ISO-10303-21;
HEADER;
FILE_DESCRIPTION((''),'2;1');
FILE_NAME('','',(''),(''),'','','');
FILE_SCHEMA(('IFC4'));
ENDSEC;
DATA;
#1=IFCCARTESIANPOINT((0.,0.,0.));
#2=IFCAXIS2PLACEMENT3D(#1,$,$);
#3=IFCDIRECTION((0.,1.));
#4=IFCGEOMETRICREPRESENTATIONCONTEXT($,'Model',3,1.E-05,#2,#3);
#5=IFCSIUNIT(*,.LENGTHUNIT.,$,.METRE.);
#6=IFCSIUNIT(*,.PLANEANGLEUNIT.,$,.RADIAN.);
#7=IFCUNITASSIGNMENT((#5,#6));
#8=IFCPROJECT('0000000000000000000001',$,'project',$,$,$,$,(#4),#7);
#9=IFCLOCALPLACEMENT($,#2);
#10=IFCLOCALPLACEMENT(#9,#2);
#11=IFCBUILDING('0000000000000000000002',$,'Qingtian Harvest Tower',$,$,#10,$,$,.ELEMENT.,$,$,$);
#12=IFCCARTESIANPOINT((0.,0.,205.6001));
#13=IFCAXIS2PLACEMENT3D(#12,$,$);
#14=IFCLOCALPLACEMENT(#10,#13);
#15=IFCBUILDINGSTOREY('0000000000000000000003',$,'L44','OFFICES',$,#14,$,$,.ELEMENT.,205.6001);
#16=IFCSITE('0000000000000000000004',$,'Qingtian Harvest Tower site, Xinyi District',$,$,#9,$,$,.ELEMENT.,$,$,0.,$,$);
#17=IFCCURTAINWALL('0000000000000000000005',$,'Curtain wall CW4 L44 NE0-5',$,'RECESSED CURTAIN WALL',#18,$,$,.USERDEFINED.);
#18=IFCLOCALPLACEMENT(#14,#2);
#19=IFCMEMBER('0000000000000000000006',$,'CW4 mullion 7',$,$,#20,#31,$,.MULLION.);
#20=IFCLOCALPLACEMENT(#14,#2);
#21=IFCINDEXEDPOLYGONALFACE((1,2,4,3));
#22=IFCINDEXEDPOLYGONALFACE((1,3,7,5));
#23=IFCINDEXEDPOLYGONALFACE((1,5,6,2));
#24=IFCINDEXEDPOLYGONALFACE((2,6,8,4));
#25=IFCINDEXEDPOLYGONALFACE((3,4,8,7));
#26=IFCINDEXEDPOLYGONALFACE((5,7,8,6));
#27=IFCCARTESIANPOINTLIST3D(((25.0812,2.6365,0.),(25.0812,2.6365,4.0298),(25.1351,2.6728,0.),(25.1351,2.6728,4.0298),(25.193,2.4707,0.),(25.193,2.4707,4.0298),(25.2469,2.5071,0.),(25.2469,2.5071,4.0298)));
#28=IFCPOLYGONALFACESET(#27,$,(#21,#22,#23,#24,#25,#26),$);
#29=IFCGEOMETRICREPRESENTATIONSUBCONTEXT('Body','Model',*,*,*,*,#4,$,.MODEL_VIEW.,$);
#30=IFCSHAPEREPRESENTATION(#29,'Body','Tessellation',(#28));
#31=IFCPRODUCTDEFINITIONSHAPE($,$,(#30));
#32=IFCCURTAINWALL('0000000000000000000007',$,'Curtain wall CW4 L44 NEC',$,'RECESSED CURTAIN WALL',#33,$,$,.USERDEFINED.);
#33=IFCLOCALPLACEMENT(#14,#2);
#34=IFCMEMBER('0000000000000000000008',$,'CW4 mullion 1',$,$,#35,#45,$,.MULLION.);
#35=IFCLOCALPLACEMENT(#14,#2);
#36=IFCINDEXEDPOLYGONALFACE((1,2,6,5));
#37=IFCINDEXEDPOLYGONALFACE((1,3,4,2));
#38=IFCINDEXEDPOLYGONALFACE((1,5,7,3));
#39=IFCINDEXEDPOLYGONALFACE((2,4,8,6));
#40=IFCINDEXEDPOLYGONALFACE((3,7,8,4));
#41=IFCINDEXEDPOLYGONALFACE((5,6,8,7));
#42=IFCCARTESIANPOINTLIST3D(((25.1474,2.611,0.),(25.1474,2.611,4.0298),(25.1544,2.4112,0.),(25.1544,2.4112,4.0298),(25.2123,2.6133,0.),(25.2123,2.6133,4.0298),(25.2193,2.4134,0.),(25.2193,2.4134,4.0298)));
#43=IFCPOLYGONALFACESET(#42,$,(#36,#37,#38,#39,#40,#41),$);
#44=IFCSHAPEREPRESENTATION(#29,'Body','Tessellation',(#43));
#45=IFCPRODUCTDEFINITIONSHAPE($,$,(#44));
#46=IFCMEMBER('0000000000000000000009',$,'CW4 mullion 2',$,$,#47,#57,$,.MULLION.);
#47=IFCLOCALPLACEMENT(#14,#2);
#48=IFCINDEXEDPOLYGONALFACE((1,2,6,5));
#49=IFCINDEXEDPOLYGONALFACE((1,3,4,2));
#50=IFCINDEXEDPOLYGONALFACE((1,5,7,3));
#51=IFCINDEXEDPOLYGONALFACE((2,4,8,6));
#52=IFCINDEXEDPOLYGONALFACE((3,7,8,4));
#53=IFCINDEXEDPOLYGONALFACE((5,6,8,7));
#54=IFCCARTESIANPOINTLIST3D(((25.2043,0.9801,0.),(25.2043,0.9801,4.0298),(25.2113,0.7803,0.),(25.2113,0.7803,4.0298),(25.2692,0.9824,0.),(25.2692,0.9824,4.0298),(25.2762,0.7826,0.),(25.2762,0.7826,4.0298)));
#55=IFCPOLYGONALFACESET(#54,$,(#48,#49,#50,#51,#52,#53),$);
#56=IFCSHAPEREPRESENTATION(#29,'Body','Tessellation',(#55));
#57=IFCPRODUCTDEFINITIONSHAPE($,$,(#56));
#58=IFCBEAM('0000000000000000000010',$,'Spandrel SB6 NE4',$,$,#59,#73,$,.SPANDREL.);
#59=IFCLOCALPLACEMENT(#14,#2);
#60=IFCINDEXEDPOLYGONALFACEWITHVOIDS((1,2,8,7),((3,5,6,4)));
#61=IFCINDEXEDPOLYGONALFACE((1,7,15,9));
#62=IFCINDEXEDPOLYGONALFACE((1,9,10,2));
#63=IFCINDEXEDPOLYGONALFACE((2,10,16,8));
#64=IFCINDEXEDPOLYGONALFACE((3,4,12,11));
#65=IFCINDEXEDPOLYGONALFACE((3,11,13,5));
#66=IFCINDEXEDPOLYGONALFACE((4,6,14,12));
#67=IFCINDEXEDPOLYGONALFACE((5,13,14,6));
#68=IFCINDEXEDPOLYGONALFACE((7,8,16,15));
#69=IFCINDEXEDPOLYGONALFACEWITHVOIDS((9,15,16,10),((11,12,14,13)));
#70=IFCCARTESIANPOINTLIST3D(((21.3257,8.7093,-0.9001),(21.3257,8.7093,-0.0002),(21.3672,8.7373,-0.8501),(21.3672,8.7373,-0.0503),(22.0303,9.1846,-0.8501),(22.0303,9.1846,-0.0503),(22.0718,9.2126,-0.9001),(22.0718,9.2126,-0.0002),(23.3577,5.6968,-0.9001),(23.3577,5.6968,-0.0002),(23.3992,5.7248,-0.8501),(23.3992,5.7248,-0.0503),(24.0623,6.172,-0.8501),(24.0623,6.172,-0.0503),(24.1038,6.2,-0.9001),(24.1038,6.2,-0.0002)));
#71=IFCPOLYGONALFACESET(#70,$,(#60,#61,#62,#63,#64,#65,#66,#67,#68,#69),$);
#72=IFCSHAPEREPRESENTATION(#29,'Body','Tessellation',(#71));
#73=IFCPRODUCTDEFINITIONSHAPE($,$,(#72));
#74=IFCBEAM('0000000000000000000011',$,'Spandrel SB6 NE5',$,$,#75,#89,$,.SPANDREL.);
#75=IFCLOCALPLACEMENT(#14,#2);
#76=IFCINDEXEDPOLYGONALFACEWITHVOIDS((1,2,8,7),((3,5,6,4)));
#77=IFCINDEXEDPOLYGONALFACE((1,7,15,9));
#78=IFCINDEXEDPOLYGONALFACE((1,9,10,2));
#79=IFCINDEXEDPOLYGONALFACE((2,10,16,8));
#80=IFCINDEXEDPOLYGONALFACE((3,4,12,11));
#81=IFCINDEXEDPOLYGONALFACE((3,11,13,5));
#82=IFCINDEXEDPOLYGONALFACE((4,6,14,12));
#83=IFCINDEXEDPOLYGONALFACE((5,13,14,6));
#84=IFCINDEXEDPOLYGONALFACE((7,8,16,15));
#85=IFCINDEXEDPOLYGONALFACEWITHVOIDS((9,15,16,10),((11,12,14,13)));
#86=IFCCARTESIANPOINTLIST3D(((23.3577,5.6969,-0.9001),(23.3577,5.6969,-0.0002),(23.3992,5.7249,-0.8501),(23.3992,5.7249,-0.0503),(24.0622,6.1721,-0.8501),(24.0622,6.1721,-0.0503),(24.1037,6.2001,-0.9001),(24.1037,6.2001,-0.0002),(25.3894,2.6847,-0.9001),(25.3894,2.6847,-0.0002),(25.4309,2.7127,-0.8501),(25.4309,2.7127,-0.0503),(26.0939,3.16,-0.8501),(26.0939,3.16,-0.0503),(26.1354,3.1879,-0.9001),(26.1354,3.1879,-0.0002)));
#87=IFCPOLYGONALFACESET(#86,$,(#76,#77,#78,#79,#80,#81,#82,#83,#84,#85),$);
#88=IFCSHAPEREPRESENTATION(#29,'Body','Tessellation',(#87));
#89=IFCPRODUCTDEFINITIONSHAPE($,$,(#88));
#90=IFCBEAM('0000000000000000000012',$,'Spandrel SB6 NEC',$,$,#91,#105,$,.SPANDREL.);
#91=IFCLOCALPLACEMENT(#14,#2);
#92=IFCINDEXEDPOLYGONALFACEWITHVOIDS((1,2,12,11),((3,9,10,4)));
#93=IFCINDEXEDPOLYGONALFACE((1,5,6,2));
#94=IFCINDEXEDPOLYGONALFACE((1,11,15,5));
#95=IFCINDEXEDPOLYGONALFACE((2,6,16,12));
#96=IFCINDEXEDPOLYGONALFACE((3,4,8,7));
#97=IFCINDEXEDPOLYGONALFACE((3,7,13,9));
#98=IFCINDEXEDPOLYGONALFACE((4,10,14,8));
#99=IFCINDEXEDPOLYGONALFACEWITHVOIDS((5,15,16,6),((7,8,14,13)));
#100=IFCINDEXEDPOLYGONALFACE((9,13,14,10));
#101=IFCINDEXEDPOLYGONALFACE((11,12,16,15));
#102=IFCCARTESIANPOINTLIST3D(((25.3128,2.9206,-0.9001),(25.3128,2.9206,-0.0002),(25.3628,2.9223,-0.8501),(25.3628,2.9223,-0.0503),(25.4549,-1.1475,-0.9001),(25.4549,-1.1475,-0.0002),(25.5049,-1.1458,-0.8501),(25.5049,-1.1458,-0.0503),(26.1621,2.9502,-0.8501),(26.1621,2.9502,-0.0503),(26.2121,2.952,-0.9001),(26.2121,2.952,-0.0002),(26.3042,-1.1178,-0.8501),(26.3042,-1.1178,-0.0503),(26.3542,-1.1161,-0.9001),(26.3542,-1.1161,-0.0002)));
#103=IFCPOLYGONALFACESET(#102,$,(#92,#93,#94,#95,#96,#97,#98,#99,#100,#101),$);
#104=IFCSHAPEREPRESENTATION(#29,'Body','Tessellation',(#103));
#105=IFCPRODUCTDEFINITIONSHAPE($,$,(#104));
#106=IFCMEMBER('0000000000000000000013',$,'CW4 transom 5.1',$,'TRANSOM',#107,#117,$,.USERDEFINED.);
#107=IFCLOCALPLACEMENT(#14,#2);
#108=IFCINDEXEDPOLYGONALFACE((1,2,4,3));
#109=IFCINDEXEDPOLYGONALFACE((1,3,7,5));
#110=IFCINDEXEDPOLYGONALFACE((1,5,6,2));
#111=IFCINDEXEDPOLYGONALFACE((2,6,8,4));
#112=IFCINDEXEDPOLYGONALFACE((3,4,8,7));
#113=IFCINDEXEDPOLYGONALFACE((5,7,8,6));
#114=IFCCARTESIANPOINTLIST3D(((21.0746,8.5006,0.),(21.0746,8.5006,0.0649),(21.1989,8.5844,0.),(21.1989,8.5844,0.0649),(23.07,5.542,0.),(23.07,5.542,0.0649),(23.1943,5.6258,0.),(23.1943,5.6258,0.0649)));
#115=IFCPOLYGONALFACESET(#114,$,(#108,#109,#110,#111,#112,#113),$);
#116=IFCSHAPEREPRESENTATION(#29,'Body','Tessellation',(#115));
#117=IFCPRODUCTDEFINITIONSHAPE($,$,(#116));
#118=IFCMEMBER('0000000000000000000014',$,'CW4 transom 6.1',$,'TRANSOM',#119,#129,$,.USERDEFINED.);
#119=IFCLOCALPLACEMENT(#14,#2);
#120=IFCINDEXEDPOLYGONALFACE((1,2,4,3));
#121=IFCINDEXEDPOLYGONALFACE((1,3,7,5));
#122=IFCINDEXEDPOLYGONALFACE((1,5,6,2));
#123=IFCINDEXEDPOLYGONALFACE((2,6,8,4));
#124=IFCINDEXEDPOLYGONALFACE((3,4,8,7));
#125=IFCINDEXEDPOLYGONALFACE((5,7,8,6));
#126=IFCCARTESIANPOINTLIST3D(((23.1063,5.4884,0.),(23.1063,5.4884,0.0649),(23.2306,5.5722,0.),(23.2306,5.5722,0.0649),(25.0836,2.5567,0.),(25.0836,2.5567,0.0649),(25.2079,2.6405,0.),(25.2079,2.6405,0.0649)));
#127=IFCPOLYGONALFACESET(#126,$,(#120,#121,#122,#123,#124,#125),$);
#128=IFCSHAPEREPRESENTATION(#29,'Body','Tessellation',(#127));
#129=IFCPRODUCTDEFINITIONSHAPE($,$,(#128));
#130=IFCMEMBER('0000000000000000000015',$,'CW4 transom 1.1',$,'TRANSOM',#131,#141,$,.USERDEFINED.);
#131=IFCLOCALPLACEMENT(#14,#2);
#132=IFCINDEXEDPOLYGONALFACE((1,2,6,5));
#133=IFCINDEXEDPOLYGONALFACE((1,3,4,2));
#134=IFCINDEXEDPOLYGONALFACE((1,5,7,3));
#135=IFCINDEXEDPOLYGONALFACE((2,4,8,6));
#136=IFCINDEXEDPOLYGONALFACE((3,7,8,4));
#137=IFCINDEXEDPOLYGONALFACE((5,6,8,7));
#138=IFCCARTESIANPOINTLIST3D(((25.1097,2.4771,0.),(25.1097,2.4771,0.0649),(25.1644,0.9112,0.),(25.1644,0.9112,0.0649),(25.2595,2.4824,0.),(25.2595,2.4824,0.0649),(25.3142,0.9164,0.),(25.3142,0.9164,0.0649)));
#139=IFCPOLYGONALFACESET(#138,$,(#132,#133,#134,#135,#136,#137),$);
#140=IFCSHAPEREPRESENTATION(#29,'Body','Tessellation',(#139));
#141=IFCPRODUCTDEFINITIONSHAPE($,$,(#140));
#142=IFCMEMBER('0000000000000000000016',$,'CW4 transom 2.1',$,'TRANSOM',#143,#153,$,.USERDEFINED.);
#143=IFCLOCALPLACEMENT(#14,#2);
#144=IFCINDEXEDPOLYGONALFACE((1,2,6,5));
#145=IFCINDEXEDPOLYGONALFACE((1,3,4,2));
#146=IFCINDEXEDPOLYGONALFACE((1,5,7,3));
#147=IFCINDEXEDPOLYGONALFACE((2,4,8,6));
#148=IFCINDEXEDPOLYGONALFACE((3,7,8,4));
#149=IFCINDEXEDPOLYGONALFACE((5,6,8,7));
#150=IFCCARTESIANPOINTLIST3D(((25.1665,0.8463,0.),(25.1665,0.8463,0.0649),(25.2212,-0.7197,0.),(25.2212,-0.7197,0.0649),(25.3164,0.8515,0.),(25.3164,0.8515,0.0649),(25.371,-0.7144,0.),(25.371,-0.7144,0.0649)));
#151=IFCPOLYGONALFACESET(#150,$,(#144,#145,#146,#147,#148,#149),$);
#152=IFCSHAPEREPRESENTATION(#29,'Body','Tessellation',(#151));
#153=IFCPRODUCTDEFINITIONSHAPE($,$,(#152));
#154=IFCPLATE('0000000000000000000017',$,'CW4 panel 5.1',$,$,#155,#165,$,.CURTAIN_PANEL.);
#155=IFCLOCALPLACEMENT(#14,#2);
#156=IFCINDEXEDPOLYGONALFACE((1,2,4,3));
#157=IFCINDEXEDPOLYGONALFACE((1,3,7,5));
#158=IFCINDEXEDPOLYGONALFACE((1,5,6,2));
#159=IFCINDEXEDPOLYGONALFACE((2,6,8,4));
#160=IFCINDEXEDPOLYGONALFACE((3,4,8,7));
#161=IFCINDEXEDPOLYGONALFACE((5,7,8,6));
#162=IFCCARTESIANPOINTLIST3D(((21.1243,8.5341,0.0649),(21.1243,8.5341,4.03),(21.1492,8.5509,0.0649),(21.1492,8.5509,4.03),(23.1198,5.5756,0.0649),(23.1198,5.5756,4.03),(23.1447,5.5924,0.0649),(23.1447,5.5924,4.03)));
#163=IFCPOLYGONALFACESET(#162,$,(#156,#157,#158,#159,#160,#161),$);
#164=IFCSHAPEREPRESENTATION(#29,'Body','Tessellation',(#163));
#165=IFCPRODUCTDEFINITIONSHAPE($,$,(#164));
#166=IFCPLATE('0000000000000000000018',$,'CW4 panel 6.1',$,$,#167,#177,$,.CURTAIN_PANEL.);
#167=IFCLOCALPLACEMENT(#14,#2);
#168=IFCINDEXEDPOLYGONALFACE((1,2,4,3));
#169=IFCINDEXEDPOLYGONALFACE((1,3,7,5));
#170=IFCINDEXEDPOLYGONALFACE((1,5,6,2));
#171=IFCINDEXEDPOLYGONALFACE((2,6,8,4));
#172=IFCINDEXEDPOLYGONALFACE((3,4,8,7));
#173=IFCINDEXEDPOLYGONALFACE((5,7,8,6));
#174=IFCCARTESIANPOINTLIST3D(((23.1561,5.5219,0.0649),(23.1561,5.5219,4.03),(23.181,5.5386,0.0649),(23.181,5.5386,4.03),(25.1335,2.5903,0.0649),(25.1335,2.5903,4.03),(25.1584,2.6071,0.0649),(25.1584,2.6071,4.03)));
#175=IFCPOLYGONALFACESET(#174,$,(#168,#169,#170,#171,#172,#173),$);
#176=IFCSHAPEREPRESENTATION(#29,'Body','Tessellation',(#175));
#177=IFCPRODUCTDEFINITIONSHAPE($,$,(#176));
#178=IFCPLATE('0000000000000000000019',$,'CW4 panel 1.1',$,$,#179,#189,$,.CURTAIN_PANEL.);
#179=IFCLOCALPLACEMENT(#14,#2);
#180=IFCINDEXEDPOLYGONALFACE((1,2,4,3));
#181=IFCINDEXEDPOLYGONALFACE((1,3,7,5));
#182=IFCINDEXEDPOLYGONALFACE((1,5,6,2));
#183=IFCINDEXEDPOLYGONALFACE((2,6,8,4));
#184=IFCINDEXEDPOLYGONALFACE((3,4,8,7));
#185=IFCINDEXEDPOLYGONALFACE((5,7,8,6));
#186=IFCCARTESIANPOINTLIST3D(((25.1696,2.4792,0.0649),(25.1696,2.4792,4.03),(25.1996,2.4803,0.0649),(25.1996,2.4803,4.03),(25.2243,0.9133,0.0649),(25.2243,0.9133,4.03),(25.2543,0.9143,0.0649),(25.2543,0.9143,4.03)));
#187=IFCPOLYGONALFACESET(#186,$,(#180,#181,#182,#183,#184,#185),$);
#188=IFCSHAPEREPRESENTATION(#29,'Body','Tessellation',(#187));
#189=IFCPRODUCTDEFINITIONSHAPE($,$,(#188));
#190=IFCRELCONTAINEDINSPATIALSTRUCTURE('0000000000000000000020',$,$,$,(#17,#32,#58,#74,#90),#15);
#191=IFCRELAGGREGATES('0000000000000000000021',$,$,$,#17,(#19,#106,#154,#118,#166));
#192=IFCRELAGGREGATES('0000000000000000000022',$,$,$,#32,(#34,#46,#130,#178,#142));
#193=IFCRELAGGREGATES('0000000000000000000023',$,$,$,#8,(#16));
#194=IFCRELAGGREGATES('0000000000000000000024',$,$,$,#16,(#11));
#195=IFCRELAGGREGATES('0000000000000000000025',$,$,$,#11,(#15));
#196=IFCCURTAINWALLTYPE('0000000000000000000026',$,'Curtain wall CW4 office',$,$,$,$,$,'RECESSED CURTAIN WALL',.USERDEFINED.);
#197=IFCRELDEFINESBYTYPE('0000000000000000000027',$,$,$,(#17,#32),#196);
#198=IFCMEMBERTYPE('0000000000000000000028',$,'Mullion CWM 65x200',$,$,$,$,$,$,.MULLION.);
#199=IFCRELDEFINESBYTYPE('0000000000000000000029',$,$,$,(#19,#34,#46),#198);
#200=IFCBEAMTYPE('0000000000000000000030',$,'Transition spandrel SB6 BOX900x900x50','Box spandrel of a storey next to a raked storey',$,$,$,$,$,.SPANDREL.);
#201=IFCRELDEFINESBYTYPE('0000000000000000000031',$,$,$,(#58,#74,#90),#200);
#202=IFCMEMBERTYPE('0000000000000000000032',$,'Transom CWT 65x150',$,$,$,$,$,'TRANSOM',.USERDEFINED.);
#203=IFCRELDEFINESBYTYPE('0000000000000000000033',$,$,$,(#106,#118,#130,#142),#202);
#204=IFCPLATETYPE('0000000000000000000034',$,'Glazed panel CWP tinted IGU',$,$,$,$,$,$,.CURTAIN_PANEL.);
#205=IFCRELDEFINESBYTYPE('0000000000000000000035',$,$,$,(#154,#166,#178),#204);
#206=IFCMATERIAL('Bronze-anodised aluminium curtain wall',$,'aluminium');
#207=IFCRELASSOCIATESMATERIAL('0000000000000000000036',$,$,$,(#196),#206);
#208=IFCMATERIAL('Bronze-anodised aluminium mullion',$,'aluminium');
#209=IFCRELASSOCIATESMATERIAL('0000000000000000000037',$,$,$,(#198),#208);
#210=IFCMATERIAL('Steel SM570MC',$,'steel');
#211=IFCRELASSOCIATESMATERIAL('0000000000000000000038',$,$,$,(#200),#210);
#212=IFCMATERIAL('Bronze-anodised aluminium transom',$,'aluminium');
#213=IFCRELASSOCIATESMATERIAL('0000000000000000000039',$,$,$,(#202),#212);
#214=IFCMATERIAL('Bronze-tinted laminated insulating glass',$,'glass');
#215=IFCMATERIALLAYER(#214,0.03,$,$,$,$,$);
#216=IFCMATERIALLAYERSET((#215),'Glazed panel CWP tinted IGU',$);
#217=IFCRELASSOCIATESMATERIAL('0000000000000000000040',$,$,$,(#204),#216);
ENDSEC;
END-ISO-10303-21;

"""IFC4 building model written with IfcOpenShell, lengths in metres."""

from ifc_helpers import new_model, si_unit, direction, frame, origin, origin_2d, place, context, subcontext, project, spatial, rectangle, hollow_rectangle, extrude, material, layer, layer_set, material_profile, profile_set, type_object, element, aggregate, save


model = new_model("IFC4")

# Units and contexts
model_context = context("Model", 3, precision=1e-05, world=origin(), true_north=direction((0.0, 1.0)))
body_context = subcontext(model_context, "Body", "Model", "MODEL_VIEW")
ifc_project = project(units=[si_unit("LENGTHUNIT", "METRE"), si_unit("PLANEANGLEUNIT", "RADIAN")], contexts=[model_context])

# Site, building, storey
site_placement = place(None, origin())
site = spatial("IfcSite", under=ifc_project, at=site_placement, Name="Qingtian Harvest Tower site, Xinyi District", CompositionType="ELEMENT", RefElevation=0.0)
building_placement = place(site_placement, origin())
building = spatial("IfcBuilding", under=site, at=building_placement, Name="Qingtian Harvest Tower", CompositionType="ELEMENT")
storey_placement = place(building_placement, frame((0.0, 0.0, 205.6001)))
storey = spatial("IfcBuildingStorey", under=building, at=storey_placement, Name="L44", Description="OFFICES", CompositionType="ELEMENT", Elevation=205.6001)

# Curtain walls, members
ifc_material_1 = material(Name="Bronze-anodised aluminium curtain wall", Category="aluminium")
curtain_wall_type = type_object("IfcCurtainWallType", Name="Curtain wall CW4 office", ElementType="RECESSED CURTAIN WALL", PredefinedType="USERDEFINED", material=ifc_material_1)
curtain_wall_1_placement = place(storey_placement, origin())
curtain_wall_1 = element("IfcCurtainWall", 1, at=curtain_wall_1_placement, inside=storey, type_object=curtain_wall_type, Name="Curtain wall CW4 L44 NE0-5", ObjectType="RECESSED CURTAIN WALL", PredefinedType="USERDEFINED")
ifc_material_2 = material(Name="Bronze-anodised aluminium mullion", Category="aluminium")
ifc_material_profile_1 = material_profile(ifc_material_2, rectangle(XDim=0.0649, YDim=0.2, at=origin_2d()), Name="AL 65x200")
ifc_profile_set_1 = profile_set([ifc_material_profile_1], Name="Bronze-anodised aluminium mullion")
member_type_1 = type_object("IfcMemberType", Name="Mullion CWM 65x200", PredefinedType="MULLION", material=ifc_profile_set_1)
member_1_placement = place(storey_placement, frame((25.1641, 2.5718, 0.0), z_axis=(0.0, 0.0, 1.0), x_axis=(0.829038, 0.559193, 0.0)))
member_1 = element("IfcMember", 2, at=member_1_placement, type_object=member_type_1, Name="CW4 mullion 7", PredefinedType="MULLION", context=body_context, shape_type="SweptSolid", body=[
    extrude(rectangle(XDim=0.0649, YDim=0.2, at=origin_2d()), origin(), (0.0, 0.0, 1.0), 4.0298),
])
curtain_wall_2_placement = place(storey_placement, origin())
curtain_wall_2 = element("IfcCurtainWall", 3, at=curtain_wall_2_placement, inside=storey, type_object=curtain_wall_type, Name="Curtain wall CW4 L44 NEC", ObjectType="RECESSED CURTAIN WALL", PredefinedType="USERDEFINED")
member_2_placement = place(storey_placement, frame((25.1833, 2.5122, 0.0), z_axis=(0.0, 0.0, 1.0), x_axis=(0.999391, 0.034899, 0.0)))
member_2 = element("IfcMember", 4, at=member_2_placement, type_object=member_type_1, Name="CW4 mullion 1", PredefinedType="MULLION", context=body_context, shape_type="SweptSolid", body=[
    extrude(rectangle(XDim=0.0649, YDim=0.2, at=origin_2d()), origin(), (0.0, 0.0, 1.0), 4.0298),
])
member_3_placement = place(storey_placement, frame((25.2402, 0.8813, 0.0), z_axis=(0.0, 0.0, 1.0), x_axis=(0.999391, 0.034899, 0.0)))
member_3 = element("IfcMember", 5, at=member_3_placement, type_object=member_type_1, Name="CW4 mullion 2", PredefinedType="MULLION", context=body_context, shape_type="SweptSolid", body=[
    extrude(rectangle(XDim=0.0649, YDim=0.2, at=origin_2d()), origin(), (0.0, 0.0, 1.0), 4.0298),
])

# Beams
ifc_material_3 = material(Name="Steel SM570MC", Category="steel")
ifc_material_profile_2 = material_profile(ifc_material_3, hollow_rectangle(XDim=0.8999, YDim=0.8999, WallThickness=0.05, at=origin_2d()), Name="BOX900x900x50")
ifc_profile_set_2 = profile_set([ifc_material_profile_2], Name="Steel SM570MC")
beam_type_1 = type_object("IfcBeamType", Name="Transition spandrel SB6 BOX900x900x50", Description="Box spandrel of a storey next to a raked storey", PredefinedType="SPANDREL", material=ifc_profile_set_2)
beam_1_placement = place(storey_placement, frame((21.6987, 8.9609, -0.4502), z_axis=(0.559204, -0.82903, 0.0), x_axis=(0.82903, 0.559204, 0.0)))
element("IfcBeam", 6, at=beam_1_placement, inside=storey, type_object=beam_type_1, Name="Spandrel SB6 NE4", PredefinedType="SPANDREL", context=body_context, shape_type="SweptSolid", body=[
    extrude(hollow_rectangle(XDim=0.8999, YDim=0.8999, WallThickness=0.05, at=origin_2d()), origin(), (0.0, 0.0, 1.0), 3.6338),
])
beam_2_placement = place(storey_placement, frame((23.7307, 5.9485, -0.4502), z_axis=(0.559189, -0.82904, 0.0), x_axis=(0.82904, 0.559189, 0.0)))
element("IfcBeam", 7, at=beam_2_placement, inside=storey, type_object=beam_type_1, Name="Spandrel SB6 NE5", PredefinedType="SPANDREL", context=body_context, shape_type="SweptSolid", body=[
    extrude(hollow_rectangle(XDim=0.8999, YDim=0.8999, WallThickness=0.05, at=origin_2d()), origin(), (0.0, 0.0, 1.0), 3.6333),
])
beam_3_placement = place(storey_placement, frame((25.7625, 2.9363, -0.4502), z_axis=(0.034906, -0.999391, 0.0), x_axis=(0.999391, 0.034906, 0.0)))
element("IfcBeam", 8, at=beam_3_placement, inside=storey, type_object=beam_type_1, Name="Spandrel SB6 NEC", PredefinedType="SPANDREL", context=body_context, shape_type="SweptSolid", body=[
    extrude(hollow_rectangle(XDim=0.8999, YDim=0.8999, WallThickness=0.05, at=origin_2d()), origin(), (0.0, 0.0, 1.0), 4.0706),
])

# Members
ifc_material_4 = material(Name="Bronze-anodised aluminium transom", Category="aluminium")
ifc_material_profile_3 = material_profile(ifc_material_4, rectangle(XDim=0.1499, YDim=0.0649, at=origin_2d()), Name="AL 65x150")
ifc_profile_set_3 = profile_set([ifc_material_profile_3], Name="Bronze-anodised aluminium transom")
member_type_2 = type_object("IfcMemberType", Name="Transom CWT 65x150", ElementType="TRANSOM", PredefinedType="USERDEFINED", material=ifc_profile_set_3)
member_4_placement = place(storey_placement, frame((21.1367, 8.5425, 0.0325), z_axis=(0.55916, -0.82906, 0.0), x_axis=(0.82906, 0.55916, 0.0)))
member_4 = element("IfcMember", 9, at=member_4_placement, type_object=member_type_2, Name="CW4 transom 5.1", ObjectType="TRANSOM", PredefinedType="USERDEFINED", context=body_context, shape_type="SweptSolid", body=[
    extrude(rectangle(XDim=0.1499, YDim=0.0649, at=origin_2d()), origin(), (0.0, 0.0, 1.0), 3.5686),
])
member_5_placement = place(storey_placement, frame((23.1685, 5.5303, 0.0325), z_axis=(0.559169, -0.829054, 0.0), x_axis=(0.829054, 0.559169, 0.0)))
member_5 = element("IfcMember", 10, at=member_5_placement, type_object=member_type_2, Name="CW4 transom 6.1", ObjectType="TRANSOM", PredefinedType="USERDEFINED", context=body_context, shape_type="SweptSolid", body=[
    extrude(rectangle(XDim=0.1499, YDim=0.0649, at=origin_2d()), origin(), (0.0, 0.0, 1.0), 3.5361),
])
member_6_placement = place(storey_placement, frame((25.1846, 2.4797, 0.0325), z_axis=(0.034902, -0.999391, 0.0), x_axis=(0.999391, 0.034902, 0.0)))
member_6 = element("IfcMember", 11, at=member_6_placement, type_object=member_type_2, Name="CW4 transom 1.1", ObjectType="TRANSOM", PredefinedType="USERDEFINED", context=body_context, shape_type="SweptSolid", body=[
    extrude(rectangle(XDim=0.1499, YDim=0.0649, at=origin_2d()), origin(), (0.0, 0.0, 1.0), 1.5669),
])
member_7_placement = place(storey_placement, frame((25.2415, 0.8489, 0.0325), z_axis=(0.034902, -0.999391, 0.0), x_axis=(0.999391, 0.034902, 0.0)))
member_7 = element("IfcMember", 12, at=member_7_placement, type_object=member_type_2, Name="CW4 transom 2.1", ObjectType="TRANSOM", PredefinedType="USERDEFINED", context=body_context, shape_type="SweptSolid", body=[
    extrude(rectangle(XDim=0.1499, YDim=0.0649, at=origin_2d()), origin(), (0.0, 0.0, 1.0), 1.5669),
])

# Plates
ifc_material_5 = material(Name="Bronze-tinted laminated insulating glass", Category="glass")
ifc_layer_1 = layer(ifc_material_5, 0.03)
ifc_layer_set_1 = layer_set([ifc_layer_1], Name="Glazed panel CWP tinted IGU")
plate_type = type_object("IfcPlateType", Name="Glazed panel CWP tinted IGU", PredefinedType="CURTAIN_PANEL", material=ifc_layer_set_1)
plate_1_placement = place(storey_placement, frame((22.1345, 7.0632, 0.0649), z_axis=(0.0, 0.0, 1.0), x_axis=(0.559193, -0.829038, 0.0)))
plate_1 = element("IfcPlate", 13, at=plate_1_placement, type_object=plate_type, Name="CW4 panel 5.1", PredefinedType="CURTAIN_PANEL", context=body_context, shape_type="SweptSolid", body=[
    extrude(rectangle(XDim=3.5686, YDim=0.03, at=origin_2d()), origin(), (0.0, 0.0, 1.0), 3.9651),
])
plate_2_placement = place(storey_placement, frame((24.1572, 4.0645, 0.0649), z_axis=(0.0, 0.0, 1.0), x_axis=(0.559193, -0.829038, 0.0)))
plate_2 = element("IfcPlate", 14, at=plate_2_placement, type_object=plate_type, Name="CW4 panel 6.1", PredefinedType="CURTAIN_PANEL", context=body_context, shape_type="SweptSolid", body=[
    extrude(rectangle(XDim=3.5361, YDim=0.03, at=origin_2d()), origin(), (0.0, 0.0, 1.0), 3.9651),
])
aggregate(curtain_wall_1, [member_1, member_4, plate_1, member_5, plate_2])
plate_3_placement = place(storey_placement, frame((25.2119, 1.6968, 0.0649), z_axis=(0.0, 0.0, 1.0), x_axis=(0.034899, -0.999391, 0.0)))
plate_3 = element("IfcPlate", 15, at=plate_3_placement, type_object=plate_type, Name="CW4 panel 1.1", PredefinedType="CURTAIN_PANEL", context=body_context, shape_type="SweptSolid", body=[
    extrude(rectangle(XDim=1.5669, YDim=0.03, at=origin_2d()), origin(), (0.0, 0.0, 1.0), 3.9651),
])
aggregate(curtain_wall_2, [member_2, member_3, member_6, plate_3, member_7])

save(model, "model.ifc")
